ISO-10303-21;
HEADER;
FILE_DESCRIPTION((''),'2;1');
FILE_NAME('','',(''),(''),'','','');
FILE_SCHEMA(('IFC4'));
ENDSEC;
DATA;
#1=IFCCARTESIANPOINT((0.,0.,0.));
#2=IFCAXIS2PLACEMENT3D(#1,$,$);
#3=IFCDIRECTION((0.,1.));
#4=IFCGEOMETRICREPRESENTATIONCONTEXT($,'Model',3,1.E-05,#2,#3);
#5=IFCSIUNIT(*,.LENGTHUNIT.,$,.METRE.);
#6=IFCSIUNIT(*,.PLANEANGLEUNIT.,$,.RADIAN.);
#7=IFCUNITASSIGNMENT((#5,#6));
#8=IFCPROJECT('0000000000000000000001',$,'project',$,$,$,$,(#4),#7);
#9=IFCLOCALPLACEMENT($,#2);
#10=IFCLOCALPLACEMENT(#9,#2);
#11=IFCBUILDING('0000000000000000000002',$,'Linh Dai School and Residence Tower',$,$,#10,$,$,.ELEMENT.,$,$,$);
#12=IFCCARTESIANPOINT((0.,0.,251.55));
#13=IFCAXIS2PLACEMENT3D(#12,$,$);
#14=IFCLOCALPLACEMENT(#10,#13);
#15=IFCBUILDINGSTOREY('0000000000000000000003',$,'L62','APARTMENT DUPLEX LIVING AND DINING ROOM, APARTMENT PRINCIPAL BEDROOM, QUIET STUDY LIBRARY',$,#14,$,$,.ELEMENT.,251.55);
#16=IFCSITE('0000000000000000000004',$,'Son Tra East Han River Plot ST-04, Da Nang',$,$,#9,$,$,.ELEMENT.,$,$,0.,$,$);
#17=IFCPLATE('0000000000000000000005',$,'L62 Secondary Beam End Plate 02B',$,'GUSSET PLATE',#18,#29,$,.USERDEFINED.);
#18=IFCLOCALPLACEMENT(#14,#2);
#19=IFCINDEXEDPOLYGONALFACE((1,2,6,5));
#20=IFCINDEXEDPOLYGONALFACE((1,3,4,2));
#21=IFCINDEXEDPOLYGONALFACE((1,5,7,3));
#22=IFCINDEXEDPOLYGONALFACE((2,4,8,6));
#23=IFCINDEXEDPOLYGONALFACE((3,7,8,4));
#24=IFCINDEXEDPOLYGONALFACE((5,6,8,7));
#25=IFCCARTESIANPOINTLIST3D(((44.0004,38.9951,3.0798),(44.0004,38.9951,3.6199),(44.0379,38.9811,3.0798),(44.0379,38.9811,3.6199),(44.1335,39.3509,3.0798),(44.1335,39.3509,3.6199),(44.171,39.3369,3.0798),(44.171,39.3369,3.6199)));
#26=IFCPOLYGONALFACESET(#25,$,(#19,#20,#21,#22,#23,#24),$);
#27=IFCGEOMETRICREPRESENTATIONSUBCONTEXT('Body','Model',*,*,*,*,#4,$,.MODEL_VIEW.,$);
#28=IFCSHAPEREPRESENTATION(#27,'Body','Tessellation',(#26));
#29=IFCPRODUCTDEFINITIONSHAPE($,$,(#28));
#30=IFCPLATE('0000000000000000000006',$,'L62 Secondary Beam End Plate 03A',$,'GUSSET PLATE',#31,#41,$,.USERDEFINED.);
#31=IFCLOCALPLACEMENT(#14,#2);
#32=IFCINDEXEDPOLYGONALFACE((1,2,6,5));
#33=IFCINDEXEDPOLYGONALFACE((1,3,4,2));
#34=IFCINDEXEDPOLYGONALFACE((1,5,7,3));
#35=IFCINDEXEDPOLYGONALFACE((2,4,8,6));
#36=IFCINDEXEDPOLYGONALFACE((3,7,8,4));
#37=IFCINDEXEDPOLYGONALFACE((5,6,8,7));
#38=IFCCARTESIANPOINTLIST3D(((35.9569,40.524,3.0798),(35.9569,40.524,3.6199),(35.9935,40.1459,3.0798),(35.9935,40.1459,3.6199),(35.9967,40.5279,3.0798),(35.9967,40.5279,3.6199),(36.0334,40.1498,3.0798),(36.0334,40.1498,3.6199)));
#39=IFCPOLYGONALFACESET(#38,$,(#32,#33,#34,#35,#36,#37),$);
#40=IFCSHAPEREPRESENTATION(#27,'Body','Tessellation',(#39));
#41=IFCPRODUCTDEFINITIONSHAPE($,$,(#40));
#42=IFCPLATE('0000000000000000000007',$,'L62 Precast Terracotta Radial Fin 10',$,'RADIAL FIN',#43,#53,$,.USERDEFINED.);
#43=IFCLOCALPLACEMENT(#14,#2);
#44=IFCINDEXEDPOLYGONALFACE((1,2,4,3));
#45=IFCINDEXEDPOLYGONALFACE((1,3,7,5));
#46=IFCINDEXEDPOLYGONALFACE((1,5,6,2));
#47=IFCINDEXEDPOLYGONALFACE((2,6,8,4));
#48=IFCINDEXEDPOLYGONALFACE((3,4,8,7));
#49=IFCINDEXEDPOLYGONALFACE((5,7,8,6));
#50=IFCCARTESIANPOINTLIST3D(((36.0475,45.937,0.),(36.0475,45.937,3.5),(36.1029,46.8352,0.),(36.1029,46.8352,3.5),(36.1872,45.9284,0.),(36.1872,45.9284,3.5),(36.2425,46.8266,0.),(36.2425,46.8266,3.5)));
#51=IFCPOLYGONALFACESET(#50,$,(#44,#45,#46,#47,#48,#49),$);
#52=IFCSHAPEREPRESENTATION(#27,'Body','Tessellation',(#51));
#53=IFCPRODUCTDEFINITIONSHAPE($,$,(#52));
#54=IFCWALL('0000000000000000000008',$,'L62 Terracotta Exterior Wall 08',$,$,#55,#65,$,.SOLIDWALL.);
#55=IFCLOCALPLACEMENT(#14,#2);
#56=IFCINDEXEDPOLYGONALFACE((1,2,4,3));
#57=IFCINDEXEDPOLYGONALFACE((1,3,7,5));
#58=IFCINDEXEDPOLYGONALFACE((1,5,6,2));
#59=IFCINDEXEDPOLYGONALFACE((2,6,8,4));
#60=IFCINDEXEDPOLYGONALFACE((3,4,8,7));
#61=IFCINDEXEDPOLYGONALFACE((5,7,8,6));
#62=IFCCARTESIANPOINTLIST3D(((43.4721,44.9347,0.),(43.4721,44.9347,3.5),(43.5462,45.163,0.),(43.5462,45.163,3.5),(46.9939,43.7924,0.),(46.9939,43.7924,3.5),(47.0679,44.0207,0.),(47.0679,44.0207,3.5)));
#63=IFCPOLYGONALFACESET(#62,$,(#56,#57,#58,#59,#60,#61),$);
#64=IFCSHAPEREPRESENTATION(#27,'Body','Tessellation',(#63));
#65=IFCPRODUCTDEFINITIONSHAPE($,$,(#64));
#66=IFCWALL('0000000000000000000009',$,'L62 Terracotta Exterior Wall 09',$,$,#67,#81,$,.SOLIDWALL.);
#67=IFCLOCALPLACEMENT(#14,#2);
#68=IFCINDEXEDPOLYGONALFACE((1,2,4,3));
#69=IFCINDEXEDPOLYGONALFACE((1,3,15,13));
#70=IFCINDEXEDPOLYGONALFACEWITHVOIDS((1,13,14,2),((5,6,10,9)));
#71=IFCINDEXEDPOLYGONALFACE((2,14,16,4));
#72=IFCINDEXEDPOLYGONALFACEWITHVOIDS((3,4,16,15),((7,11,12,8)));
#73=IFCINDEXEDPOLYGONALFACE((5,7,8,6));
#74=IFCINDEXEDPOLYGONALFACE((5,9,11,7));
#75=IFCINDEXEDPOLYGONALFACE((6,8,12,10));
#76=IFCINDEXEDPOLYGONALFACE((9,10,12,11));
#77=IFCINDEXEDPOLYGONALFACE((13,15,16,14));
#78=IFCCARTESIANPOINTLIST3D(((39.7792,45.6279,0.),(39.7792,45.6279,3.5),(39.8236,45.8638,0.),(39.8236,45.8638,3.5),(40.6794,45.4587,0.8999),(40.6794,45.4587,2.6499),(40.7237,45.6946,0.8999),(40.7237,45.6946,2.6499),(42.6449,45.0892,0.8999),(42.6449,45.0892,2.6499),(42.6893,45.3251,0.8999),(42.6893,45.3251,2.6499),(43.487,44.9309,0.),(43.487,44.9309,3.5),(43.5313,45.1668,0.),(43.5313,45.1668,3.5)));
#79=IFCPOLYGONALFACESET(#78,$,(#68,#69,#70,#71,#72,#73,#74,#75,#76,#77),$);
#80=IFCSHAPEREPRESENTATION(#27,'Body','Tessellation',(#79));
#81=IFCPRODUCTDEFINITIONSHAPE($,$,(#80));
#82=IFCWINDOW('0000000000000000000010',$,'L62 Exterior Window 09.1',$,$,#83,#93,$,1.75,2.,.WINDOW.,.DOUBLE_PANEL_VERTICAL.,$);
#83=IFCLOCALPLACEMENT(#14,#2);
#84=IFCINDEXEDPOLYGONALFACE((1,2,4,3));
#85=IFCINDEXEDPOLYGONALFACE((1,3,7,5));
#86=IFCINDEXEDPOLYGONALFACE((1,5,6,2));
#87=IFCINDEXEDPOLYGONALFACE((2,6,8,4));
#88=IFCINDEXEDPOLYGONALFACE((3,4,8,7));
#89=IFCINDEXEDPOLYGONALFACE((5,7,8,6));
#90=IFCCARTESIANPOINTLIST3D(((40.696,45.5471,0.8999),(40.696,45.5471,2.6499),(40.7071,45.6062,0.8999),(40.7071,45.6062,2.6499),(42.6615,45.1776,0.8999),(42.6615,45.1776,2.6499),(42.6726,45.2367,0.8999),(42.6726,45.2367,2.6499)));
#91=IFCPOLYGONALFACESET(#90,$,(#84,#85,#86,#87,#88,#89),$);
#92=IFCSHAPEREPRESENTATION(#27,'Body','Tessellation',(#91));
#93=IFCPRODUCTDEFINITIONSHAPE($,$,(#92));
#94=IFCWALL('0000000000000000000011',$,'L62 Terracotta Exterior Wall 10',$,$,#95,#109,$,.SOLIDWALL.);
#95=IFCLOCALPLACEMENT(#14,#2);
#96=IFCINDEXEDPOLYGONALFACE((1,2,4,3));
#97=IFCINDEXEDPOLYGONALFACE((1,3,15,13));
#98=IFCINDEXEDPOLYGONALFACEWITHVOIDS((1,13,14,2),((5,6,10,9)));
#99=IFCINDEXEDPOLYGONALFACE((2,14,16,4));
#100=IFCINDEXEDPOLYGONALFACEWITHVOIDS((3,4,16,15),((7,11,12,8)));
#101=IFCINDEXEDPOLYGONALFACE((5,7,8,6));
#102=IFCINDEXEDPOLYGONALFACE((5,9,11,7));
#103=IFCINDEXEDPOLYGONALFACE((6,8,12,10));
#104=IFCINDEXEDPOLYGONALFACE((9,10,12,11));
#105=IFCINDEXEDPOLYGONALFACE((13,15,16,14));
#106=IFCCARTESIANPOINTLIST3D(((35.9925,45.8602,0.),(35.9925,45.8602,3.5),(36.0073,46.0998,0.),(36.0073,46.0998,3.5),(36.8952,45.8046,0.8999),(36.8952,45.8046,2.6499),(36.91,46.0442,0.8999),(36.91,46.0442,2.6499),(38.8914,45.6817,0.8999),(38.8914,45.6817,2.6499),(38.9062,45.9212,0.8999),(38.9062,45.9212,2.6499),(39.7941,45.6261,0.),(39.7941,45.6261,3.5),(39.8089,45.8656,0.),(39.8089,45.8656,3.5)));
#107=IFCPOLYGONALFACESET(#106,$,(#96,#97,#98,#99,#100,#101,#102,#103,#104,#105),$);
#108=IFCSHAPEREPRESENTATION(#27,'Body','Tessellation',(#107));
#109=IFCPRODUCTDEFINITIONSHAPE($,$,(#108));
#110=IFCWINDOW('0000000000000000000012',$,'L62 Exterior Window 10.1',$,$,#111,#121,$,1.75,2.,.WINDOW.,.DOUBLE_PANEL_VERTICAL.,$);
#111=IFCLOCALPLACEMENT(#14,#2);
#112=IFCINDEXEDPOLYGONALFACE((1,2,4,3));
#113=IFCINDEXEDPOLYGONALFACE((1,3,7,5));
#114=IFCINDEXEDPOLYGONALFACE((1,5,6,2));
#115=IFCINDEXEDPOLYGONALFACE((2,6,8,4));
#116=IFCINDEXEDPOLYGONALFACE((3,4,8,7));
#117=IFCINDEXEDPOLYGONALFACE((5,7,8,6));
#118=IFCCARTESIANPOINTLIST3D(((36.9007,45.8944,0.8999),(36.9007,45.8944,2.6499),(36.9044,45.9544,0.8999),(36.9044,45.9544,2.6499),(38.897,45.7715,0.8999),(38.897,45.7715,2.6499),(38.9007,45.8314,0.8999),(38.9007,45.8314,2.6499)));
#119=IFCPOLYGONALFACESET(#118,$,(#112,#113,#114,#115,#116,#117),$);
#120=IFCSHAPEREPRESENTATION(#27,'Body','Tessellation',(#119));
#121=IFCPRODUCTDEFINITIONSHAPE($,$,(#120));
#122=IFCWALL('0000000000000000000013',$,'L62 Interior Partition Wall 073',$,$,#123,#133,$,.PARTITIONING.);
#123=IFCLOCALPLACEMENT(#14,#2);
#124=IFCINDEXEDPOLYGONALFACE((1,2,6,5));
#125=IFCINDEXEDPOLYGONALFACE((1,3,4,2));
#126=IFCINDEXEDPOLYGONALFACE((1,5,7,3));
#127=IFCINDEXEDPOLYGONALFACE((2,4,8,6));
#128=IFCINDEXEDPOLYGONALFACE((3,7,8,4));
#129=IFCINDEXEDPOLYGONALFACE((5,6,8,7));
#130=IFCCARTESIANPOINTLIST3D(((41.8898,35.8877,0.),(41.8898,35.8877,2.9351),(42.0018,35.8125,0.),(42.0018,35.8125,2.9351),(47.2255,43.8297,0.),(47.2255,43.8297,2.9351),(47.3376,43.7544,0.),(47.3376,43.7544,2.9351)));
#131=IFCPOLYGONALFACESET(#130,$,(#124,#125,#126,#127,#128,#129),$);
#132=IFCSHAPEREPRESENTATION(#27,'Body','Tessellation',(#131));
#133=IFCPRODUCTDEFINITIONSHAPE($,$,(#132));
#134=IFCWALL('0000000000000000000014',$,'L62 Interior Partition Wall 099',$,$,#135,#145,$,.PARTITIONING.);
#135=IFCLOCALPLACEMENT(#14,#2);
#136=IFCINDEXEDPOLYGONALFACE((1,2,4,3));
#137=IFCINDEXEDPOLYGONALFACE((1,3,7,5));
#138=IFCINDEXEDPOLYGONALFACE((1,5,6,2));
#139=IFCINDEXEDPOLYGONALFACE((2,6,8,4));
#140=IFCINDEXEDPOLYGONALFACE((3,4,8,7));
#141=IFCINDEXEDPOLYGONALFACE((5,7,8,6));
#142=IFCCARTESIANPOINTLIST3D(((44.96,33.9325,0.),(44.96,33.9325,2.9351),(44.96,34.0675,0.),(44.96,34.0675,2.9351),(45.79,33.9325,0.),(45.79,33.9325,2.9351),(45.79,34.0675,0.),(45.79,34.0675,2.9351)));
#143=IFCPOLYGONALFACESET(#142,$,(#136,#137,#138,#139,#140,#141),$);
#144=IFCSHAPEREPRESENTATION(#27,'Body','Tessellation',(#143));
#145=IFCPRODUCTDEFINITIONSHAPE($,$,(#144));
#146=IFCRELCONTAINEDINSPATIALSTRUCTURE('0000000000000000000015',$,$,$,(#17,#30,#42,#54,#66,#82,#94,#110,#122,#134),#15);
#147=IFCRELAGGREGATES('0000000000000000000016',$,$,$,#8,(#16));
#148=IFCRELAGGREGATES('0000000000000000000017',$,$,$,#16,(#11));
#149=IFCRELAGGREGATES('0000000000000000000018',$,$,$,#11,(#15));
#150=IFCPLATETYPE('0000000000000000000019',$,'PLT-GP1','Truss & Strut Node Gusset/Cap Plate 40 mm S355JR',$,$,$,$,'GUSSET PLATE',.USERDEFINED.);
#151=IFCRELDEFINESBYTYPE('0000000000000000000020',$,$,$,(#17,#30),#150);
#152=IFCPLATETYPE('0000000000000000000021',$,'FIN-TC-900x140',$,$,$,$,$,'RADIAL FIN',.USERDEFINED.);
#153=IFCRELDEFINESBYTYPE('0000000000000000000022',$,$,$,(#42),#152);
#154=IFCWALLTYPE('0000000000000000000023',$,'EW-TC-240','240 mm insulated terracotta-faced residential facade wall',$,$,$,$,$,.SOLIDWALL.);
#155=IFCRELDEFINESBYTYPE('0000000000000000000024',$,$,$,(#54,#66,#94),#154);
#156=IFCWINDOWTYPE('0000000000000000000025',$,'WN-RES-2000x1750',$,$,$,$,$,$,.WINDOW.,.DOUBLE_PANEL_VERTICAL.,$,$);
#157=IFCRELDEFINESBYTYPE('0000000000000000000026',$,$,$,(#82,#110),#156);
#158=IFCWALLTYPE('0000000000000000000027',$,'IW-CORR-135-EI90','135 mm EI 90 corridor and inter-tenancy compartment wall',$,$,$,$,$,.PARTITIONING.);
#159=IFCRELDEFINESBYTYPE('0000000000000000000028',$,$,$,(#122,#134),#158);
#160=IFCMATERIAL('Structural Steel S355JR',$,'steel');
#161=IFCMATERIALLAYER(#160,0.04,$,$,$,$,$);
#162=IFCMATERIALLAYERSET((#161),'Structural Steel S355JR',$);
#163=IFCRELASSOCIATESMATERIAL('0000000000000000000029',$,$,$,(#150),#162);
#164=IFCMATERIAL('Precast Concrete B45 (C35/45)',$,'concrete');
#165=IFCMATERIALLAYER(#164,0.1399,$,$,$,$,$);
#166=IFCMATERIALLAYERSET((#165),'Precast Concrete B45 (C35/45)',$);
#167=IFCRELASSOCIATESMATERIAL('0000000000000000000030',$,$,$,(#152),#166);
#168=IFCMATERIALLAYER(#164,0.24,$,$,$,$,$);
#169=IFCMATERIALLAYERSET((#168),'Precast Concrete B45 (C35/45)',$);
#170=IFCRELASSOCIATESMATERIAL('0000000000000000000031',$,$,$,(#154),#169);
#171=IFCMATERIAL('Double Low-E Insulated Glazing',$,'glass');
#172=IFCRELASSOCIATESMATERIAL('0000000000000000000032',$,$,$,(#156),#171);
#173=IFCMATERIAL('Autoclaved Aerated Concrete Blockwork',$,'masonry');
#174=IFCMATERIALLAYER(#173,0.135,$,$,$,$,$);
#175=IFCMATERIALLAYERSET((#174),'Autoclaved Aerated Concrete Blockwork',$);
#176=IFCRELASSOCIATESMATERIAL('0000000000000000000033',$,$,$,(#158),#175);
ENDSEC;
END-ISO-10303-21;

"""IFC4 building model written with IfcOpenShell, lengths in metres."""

from ifc_helpers import new_model, si_unit, direction, frame, frame_2d, origin, origin_2d, place, context, subcontext, project, spatial, rectangle, extrude, source, transform, mapped, material, layer, layer_set, type_object, element, fill, save


model = new_model("IFC4")

# Units and contexts
model_context = context("Model", 3, precision=1e-05, world=origin(), true_north=direction((0.0, 1.0)))
body_context = subcontext(model_context, "Body", "Model", "MODEL_VIEW")
ifc_project = project(units=[si_unit("LENGTHUNIT", "METRE"), si_unit("PLANEANGLEUNIT", "RADIAN")], contexts=[model_context])

# Site, building, storey
site_placement = place(None, origin())
site = spatial("IfcSite", under=ifc_project, at=site_placement, Name="Son Tra East Han River Plot ST-04, Da Nang", CompositionType="ELEMENT", RefElevation=0.0)
building_placement = place(site_placement, origin())
building = spatial("IfcBuilding", under=site, at=building_placement, Name="Linh Dai School and Residence Tower", CompositionType="ELEMENT")
storey_placement = place(building_placement, frame((0.0, 0.0, 251.55)))
storey = spatial("IfcBuildingStorey", under=building, at=storey_placement, Name="L62", Description="APARTMENT DUPLEX LIVING AND DINING ROOM, APARTMENT PRINCIPAL BEDROOM, QUIET STUDY LIBRARY", CompositionType="ELEMENT", Elevation=251.55)

# Shared definitions
ifc_material_1 = material(Name="Structural Steel S355JR", Category="steel")

# Plates
ifc_layer_1 = layer(ifc_material_1, 0.04)
ifc_layer_set_1 = layer_set([ifc_layer_1], Name="Structural Steel S355JR")
plate_type_1 = type_object("IfcPlateType", Name="PLT-GP1", Description="Truss & Strut Node Gusset/Cap Plate 40 mm S355JR", ElementType="GUSSET PLATE", PredefinedType="USERDEFINED", material=ifc_layer_set_1)
shared_shape_1 = source(origin(), body_context, "Body", "SweptSolid", [
    extrude(rectangle(XDim=0.04, YDim=0.3799, at=origin_2d()), origin(), (0.0, 0.0, 1.0), 0.54),
])
for number, where, z_axis, x_axis, name in (
    (1, (44.0857, 39.166, 3.0798), (0.0, 0.0, 1.0), (-0.936534, 0.350577, 0.0), "L62 Secondary Beam End Plate 02B"),
    (2, (35.9951, 40.3369, 3.0798), (0.0, 0.0, 1.0), (-0.995333, -0.096497, 0.0), "L62 Secondary Beam End Plate 03A"),
):
    element("IfcPlate", number, at=place(storey_placement, frame(where, z_axis=z_axis, x_axis=x_axis)), inside=storey, type_object=plate_type_1, Name=name, ObjectType="GUSSET PLATE", PredefinedType="USERDEFINED", context=body_context, shape_type="MappedRepresentation", body=[
        mapped(shared_shape_1, transform((0.0, 0.0, 0.0), x_axis=(1.0, 0.0, 0.0), y_axis=(0.0, 1.0, 0.0), z_axis=(0.0, 0.0, 1.0), scale=1.0)),
    ])
ifc_material_2 = material(Name="Precast Concrete B45 (C35/45)", Category="concrete")
ifc_layer_2 = layer(ifc_material_2, 0.1399)
ifc_layer_set_2 = layer_set([ifc_layer_2], Name="Precast Concrete B45 (C35/45)")
plate_type_2 = type_object("IfcPlateType", Name="FIN-TC-900x140", ElementType="RADIAL FIN", PredefinedType="USERDEFINED", material=ifc_layer_set_2)
shared_shape_2 = source(origin(), body_context, "Body", "SweptSolid", [
    extrude(rectangle(XDim=0.8999, YDim=0.1399, at=origin_2d()), origin(), (0.0, 0.0, 1.0), 3.5),
])
plate_placement = place(storey_placement, frame((36.145, 46.3818, 0.0), z_axis=(0.0, 0.0, 1.0), x_axis=(0.061504, 0.998107, 0.0)))
element("IfcPlate", 3, at=plate_placement, inside=storey, type_object=plate_type_2, Name="L62 Precast Terracotta Radial Fin 10", ObjectType="RADIAL FIN", PredefinedType="USERDEFINED", context=body_context, shape_type="MappedRepresentation", body=[
    mapped(shared_shape_2, transform((0.0, 0.0, 0.0), x_axis=(1.0, 0.0, 0.0), y_axis=(0.0, 1.0, 0.0), z_axis=(0.0, 0.0, 1.0), scale=1.0)),
])

# Wall
ifc_layer_3 = layer(ifc_material_2, 0.24)
ifc_layer_set_3 = layer_set([ifc_layer_3], Name="Precast Concrete B45 (C35/45)")
wall_type_1 = type_object("IfcWallType", Name="EW-TC-240", Description="240 mm insulated terracotta-faced residential facade wall", PredefinedType="SOLIDWALL", material=ifc_layer_set_3)
wall_1_placement = place(storey_placement, frame((43.5093, 45.0488, 0.0), z_axis=(0.0, 0.0, 1.0), x_axis=(0.951211, -0.308542, 0.0)))
element("IfcWall", 4, at=wall_1_placement, inside=storey, type_object=wall_type_1, Name="L62 Terracotta Exterior Wall 08", PredefinedType="SOLIDWALL", context=body_context, shape_type="SweptSolid", body=[
    extrude(rectangle(XDim=3.7024, YDim=0.24, at=frame_2d((1.8511, 0.0))), origin(), (0.0, 0.0, 1.0), 3.5),
])

# Walls, openings, windows
wall_2_placement = place(storey_placement, frame((39.8015, 45.7458, 0.0), z_axis=(0.0, 0.0, 1.0), x_axis=(0.982785, -0.184753, 0.0)))
wall_2 = element("IfcWall", 5, at=wall_2_placement, inside=storey, type_object=wall_type_1, Name="L62 Terracotta Exterior Wall 09", PredefinedType="SOLIDWALL", context=body_context, shape_type="SweptSolid", body=[
    extrude(rectangle(XDim=3.7727, YDim=0.24, at=frame_2d((1.8862, 0.0))), origin(), (0.0, 0.0, 1.0), 3.5),
])
opening_1_placement = place(wall_2_placement, frame((0.9158, 0.0, 0.8999)))
opening_1 = element("IfcOpeningElement", 6, at=opening_1_placement, cuts=wall_2, PredefinedType="OPENING", context=body_context, shape_type="SweptSolid", body=[
    extrude(rectangle(XDim=2.0, YDim=1.75, at=origin_2d()), frame((1.0, 0.1299, 0.875), z_axis=(0.0, -1.0, 0.0), x_axis=(1.0, 0.0, 0.0)), (0.0, 0.0, 1.0), 0.26),
])
ifc_material_3 = material(Name="Double Low-E Insulated Glazing", Category="glass")
window_type = type_object("IfcWindowType", Name="WN-RES-2000x1750", PartitioningType="DOUBLE_PANEL_VERTICAL", PredefinedType="WINDOW", material=ifc_material_3)
shared_shape_3 = source(origin(), body_context, "Body", "SweptSolid", [
    extrude(rectangle(XDim=2.0, YDim=1.75, at=origin_2d()), frame((1.0, 0.03, 0.875), z_axis=(0.0, -1.0, 0.0), x_axis=(1.0, 0.0, 0.0)), (0.0, 0.0, 1.0), 0.0601),
])
window_1_placement = place(opening_1_placement, origin())
window_1 = element("IfcWindow", 7, at=window_1_placement, inside=storey, type_object=window_type, Name="L62 Exterior Window 09.1", OverallHeight=1.75, OverallWidth=2.0, PartitioningType="DOUBLE_PANEL_VERTICAL", PredefinedType="WINDOW", context=body_context, shape_type="MappedRepresentation", body=[
    mapped(shared_shape_3, transform((0.0, 0.0, 0.0), x_axis=(1.0, 0.0, 0.0), y_axis=(0.0, 1.0, 0.0), z_axis=(0.0, 0.0, 1.0), scale=1.0)),
])
fill(opening_1, window_1)
wall_3_placement = place(storey_placement, frame((36.0, 45.98, 0.0), z_axis=(0.0, 0.0, 1.0), x_axis=(0.998109, -0.061472, 0.0)))
wall_3 = element("IfcWall", 8, at=wall_3_placement, inside=storey, type_object=wall_type_1, Name="L62 Terracotta Exterior Wall 10", PredefinedType="SOLIDWALL", context=body_context, shape_type="SweptSolid", body=[
    extrude(rectangle(XDim=3.8088, YDim=0.24, at=frame_2d((1.9043, 0.0))), origin(), (0.0, 0.0, 1.0), 3.5),
])
opening_2_placement = place(wall_3_placement, frame((0.9043, 0.0, 0.8999)))
opening_2 = element("IfcOpeningElement", 9, at=opening_2_placement, cuts=wall_3, PredefinedType="OPENING", context=body_context, shape_type="SweptSolid", body=[
    extrude(rectangle(XDim=2.0, YDim=1.75, at=origin_2d()), frame((1.0, 0.1299, 0.875), z_axis=(0.0, -1.0, 0.0), x_axis=(1.0, 0.0, 0.0)), (0.0, 0.0, 1.0), 0.26),
])
window_2_placement = place(opening_2_placement, origin())
window_2 = element("IfcWindow", 10, at=window_2_placement, inside=storey, type_object=window_type, Name="L62 Exterior Window 10.1", OverallHeight=1.75, OverallWidth=2.0, PartitioningType="DOUBLE_PANEL_VERTICAL", PredefinedType="WINDOW", context=body_context, shape_type="MappedRepresentation", body=[
    mapped(shared_shape_3, transform((0.0, 0.0, 0.0), x_axis=(1.0, 0.0, 0.0), y_axis=(0.0, 1.0, 0.0), z_axis=(0.0, 0.0, 1.0), scale=1.0)),
])
fill(opening_2, window_2)

# Walls
ifc_material_4 = material(Name="Autoclaved Aerated Concrete Blockwork", Category="masonry")
ifc_layer_4 = layer(ifc_material_4, 0.135)
ifc_layer_set_4 = layer_set([ifc_layer_4], Name="Autoclaved Aerated Concrete Blockwork")
wall_type_2 = type_object("IfcWallType", Name="IW-CORR-135-EI90", Description="135 mm EI 90 corridor and inter-tenancy compartment wall", PredefinedType="PARTITIONING", material=ifc_layer_set_4)
wall_4_placement = place(storey_placement, frame((41.9458, 35.8501, 0.0), z_axis=(0.0, 0.0, 1.0), x_axis=(0.55767, 0.830063, 0.0)))
element("IfcWall", 11, at=wall_4_placement, inside=storey, type_object=wall_type_2, Name="L62 Interior Partition Wall 073", PredefinedType="PARTITIONING", context=body_context, shape_type="SweptSolid", body=[
    extrude(rectangle(XDim=9.5679, YDim=0.135, at=frame_2d((4.7839, 0.0))), origin(), (0.0, 0.0, 1.0), 2.9351),
])
wall_5_placement = place(storey_placement, frame((45.79, 34.0, 0.0), z_axis=(0.0, 0.0, 1.0), x_axis=(-1.0, 0.0, 0.0)))
element("IfcWall", 12, at=wall_5_placement, inside=storey, type_object=wall_type_2, Name="L62 Interior Partition Wall 099", PredefinedType="PARTITIONING", context=body_context, shape_type="SweptSolid", body=[
    extrude(rectangle(XDim=0.8301, YDim=0.135, at=frame_2d((0.415, 0.0))), origin(), (0.0, 0.0, 1.0), 2.9351),
])

save(model, "model.ifc")
